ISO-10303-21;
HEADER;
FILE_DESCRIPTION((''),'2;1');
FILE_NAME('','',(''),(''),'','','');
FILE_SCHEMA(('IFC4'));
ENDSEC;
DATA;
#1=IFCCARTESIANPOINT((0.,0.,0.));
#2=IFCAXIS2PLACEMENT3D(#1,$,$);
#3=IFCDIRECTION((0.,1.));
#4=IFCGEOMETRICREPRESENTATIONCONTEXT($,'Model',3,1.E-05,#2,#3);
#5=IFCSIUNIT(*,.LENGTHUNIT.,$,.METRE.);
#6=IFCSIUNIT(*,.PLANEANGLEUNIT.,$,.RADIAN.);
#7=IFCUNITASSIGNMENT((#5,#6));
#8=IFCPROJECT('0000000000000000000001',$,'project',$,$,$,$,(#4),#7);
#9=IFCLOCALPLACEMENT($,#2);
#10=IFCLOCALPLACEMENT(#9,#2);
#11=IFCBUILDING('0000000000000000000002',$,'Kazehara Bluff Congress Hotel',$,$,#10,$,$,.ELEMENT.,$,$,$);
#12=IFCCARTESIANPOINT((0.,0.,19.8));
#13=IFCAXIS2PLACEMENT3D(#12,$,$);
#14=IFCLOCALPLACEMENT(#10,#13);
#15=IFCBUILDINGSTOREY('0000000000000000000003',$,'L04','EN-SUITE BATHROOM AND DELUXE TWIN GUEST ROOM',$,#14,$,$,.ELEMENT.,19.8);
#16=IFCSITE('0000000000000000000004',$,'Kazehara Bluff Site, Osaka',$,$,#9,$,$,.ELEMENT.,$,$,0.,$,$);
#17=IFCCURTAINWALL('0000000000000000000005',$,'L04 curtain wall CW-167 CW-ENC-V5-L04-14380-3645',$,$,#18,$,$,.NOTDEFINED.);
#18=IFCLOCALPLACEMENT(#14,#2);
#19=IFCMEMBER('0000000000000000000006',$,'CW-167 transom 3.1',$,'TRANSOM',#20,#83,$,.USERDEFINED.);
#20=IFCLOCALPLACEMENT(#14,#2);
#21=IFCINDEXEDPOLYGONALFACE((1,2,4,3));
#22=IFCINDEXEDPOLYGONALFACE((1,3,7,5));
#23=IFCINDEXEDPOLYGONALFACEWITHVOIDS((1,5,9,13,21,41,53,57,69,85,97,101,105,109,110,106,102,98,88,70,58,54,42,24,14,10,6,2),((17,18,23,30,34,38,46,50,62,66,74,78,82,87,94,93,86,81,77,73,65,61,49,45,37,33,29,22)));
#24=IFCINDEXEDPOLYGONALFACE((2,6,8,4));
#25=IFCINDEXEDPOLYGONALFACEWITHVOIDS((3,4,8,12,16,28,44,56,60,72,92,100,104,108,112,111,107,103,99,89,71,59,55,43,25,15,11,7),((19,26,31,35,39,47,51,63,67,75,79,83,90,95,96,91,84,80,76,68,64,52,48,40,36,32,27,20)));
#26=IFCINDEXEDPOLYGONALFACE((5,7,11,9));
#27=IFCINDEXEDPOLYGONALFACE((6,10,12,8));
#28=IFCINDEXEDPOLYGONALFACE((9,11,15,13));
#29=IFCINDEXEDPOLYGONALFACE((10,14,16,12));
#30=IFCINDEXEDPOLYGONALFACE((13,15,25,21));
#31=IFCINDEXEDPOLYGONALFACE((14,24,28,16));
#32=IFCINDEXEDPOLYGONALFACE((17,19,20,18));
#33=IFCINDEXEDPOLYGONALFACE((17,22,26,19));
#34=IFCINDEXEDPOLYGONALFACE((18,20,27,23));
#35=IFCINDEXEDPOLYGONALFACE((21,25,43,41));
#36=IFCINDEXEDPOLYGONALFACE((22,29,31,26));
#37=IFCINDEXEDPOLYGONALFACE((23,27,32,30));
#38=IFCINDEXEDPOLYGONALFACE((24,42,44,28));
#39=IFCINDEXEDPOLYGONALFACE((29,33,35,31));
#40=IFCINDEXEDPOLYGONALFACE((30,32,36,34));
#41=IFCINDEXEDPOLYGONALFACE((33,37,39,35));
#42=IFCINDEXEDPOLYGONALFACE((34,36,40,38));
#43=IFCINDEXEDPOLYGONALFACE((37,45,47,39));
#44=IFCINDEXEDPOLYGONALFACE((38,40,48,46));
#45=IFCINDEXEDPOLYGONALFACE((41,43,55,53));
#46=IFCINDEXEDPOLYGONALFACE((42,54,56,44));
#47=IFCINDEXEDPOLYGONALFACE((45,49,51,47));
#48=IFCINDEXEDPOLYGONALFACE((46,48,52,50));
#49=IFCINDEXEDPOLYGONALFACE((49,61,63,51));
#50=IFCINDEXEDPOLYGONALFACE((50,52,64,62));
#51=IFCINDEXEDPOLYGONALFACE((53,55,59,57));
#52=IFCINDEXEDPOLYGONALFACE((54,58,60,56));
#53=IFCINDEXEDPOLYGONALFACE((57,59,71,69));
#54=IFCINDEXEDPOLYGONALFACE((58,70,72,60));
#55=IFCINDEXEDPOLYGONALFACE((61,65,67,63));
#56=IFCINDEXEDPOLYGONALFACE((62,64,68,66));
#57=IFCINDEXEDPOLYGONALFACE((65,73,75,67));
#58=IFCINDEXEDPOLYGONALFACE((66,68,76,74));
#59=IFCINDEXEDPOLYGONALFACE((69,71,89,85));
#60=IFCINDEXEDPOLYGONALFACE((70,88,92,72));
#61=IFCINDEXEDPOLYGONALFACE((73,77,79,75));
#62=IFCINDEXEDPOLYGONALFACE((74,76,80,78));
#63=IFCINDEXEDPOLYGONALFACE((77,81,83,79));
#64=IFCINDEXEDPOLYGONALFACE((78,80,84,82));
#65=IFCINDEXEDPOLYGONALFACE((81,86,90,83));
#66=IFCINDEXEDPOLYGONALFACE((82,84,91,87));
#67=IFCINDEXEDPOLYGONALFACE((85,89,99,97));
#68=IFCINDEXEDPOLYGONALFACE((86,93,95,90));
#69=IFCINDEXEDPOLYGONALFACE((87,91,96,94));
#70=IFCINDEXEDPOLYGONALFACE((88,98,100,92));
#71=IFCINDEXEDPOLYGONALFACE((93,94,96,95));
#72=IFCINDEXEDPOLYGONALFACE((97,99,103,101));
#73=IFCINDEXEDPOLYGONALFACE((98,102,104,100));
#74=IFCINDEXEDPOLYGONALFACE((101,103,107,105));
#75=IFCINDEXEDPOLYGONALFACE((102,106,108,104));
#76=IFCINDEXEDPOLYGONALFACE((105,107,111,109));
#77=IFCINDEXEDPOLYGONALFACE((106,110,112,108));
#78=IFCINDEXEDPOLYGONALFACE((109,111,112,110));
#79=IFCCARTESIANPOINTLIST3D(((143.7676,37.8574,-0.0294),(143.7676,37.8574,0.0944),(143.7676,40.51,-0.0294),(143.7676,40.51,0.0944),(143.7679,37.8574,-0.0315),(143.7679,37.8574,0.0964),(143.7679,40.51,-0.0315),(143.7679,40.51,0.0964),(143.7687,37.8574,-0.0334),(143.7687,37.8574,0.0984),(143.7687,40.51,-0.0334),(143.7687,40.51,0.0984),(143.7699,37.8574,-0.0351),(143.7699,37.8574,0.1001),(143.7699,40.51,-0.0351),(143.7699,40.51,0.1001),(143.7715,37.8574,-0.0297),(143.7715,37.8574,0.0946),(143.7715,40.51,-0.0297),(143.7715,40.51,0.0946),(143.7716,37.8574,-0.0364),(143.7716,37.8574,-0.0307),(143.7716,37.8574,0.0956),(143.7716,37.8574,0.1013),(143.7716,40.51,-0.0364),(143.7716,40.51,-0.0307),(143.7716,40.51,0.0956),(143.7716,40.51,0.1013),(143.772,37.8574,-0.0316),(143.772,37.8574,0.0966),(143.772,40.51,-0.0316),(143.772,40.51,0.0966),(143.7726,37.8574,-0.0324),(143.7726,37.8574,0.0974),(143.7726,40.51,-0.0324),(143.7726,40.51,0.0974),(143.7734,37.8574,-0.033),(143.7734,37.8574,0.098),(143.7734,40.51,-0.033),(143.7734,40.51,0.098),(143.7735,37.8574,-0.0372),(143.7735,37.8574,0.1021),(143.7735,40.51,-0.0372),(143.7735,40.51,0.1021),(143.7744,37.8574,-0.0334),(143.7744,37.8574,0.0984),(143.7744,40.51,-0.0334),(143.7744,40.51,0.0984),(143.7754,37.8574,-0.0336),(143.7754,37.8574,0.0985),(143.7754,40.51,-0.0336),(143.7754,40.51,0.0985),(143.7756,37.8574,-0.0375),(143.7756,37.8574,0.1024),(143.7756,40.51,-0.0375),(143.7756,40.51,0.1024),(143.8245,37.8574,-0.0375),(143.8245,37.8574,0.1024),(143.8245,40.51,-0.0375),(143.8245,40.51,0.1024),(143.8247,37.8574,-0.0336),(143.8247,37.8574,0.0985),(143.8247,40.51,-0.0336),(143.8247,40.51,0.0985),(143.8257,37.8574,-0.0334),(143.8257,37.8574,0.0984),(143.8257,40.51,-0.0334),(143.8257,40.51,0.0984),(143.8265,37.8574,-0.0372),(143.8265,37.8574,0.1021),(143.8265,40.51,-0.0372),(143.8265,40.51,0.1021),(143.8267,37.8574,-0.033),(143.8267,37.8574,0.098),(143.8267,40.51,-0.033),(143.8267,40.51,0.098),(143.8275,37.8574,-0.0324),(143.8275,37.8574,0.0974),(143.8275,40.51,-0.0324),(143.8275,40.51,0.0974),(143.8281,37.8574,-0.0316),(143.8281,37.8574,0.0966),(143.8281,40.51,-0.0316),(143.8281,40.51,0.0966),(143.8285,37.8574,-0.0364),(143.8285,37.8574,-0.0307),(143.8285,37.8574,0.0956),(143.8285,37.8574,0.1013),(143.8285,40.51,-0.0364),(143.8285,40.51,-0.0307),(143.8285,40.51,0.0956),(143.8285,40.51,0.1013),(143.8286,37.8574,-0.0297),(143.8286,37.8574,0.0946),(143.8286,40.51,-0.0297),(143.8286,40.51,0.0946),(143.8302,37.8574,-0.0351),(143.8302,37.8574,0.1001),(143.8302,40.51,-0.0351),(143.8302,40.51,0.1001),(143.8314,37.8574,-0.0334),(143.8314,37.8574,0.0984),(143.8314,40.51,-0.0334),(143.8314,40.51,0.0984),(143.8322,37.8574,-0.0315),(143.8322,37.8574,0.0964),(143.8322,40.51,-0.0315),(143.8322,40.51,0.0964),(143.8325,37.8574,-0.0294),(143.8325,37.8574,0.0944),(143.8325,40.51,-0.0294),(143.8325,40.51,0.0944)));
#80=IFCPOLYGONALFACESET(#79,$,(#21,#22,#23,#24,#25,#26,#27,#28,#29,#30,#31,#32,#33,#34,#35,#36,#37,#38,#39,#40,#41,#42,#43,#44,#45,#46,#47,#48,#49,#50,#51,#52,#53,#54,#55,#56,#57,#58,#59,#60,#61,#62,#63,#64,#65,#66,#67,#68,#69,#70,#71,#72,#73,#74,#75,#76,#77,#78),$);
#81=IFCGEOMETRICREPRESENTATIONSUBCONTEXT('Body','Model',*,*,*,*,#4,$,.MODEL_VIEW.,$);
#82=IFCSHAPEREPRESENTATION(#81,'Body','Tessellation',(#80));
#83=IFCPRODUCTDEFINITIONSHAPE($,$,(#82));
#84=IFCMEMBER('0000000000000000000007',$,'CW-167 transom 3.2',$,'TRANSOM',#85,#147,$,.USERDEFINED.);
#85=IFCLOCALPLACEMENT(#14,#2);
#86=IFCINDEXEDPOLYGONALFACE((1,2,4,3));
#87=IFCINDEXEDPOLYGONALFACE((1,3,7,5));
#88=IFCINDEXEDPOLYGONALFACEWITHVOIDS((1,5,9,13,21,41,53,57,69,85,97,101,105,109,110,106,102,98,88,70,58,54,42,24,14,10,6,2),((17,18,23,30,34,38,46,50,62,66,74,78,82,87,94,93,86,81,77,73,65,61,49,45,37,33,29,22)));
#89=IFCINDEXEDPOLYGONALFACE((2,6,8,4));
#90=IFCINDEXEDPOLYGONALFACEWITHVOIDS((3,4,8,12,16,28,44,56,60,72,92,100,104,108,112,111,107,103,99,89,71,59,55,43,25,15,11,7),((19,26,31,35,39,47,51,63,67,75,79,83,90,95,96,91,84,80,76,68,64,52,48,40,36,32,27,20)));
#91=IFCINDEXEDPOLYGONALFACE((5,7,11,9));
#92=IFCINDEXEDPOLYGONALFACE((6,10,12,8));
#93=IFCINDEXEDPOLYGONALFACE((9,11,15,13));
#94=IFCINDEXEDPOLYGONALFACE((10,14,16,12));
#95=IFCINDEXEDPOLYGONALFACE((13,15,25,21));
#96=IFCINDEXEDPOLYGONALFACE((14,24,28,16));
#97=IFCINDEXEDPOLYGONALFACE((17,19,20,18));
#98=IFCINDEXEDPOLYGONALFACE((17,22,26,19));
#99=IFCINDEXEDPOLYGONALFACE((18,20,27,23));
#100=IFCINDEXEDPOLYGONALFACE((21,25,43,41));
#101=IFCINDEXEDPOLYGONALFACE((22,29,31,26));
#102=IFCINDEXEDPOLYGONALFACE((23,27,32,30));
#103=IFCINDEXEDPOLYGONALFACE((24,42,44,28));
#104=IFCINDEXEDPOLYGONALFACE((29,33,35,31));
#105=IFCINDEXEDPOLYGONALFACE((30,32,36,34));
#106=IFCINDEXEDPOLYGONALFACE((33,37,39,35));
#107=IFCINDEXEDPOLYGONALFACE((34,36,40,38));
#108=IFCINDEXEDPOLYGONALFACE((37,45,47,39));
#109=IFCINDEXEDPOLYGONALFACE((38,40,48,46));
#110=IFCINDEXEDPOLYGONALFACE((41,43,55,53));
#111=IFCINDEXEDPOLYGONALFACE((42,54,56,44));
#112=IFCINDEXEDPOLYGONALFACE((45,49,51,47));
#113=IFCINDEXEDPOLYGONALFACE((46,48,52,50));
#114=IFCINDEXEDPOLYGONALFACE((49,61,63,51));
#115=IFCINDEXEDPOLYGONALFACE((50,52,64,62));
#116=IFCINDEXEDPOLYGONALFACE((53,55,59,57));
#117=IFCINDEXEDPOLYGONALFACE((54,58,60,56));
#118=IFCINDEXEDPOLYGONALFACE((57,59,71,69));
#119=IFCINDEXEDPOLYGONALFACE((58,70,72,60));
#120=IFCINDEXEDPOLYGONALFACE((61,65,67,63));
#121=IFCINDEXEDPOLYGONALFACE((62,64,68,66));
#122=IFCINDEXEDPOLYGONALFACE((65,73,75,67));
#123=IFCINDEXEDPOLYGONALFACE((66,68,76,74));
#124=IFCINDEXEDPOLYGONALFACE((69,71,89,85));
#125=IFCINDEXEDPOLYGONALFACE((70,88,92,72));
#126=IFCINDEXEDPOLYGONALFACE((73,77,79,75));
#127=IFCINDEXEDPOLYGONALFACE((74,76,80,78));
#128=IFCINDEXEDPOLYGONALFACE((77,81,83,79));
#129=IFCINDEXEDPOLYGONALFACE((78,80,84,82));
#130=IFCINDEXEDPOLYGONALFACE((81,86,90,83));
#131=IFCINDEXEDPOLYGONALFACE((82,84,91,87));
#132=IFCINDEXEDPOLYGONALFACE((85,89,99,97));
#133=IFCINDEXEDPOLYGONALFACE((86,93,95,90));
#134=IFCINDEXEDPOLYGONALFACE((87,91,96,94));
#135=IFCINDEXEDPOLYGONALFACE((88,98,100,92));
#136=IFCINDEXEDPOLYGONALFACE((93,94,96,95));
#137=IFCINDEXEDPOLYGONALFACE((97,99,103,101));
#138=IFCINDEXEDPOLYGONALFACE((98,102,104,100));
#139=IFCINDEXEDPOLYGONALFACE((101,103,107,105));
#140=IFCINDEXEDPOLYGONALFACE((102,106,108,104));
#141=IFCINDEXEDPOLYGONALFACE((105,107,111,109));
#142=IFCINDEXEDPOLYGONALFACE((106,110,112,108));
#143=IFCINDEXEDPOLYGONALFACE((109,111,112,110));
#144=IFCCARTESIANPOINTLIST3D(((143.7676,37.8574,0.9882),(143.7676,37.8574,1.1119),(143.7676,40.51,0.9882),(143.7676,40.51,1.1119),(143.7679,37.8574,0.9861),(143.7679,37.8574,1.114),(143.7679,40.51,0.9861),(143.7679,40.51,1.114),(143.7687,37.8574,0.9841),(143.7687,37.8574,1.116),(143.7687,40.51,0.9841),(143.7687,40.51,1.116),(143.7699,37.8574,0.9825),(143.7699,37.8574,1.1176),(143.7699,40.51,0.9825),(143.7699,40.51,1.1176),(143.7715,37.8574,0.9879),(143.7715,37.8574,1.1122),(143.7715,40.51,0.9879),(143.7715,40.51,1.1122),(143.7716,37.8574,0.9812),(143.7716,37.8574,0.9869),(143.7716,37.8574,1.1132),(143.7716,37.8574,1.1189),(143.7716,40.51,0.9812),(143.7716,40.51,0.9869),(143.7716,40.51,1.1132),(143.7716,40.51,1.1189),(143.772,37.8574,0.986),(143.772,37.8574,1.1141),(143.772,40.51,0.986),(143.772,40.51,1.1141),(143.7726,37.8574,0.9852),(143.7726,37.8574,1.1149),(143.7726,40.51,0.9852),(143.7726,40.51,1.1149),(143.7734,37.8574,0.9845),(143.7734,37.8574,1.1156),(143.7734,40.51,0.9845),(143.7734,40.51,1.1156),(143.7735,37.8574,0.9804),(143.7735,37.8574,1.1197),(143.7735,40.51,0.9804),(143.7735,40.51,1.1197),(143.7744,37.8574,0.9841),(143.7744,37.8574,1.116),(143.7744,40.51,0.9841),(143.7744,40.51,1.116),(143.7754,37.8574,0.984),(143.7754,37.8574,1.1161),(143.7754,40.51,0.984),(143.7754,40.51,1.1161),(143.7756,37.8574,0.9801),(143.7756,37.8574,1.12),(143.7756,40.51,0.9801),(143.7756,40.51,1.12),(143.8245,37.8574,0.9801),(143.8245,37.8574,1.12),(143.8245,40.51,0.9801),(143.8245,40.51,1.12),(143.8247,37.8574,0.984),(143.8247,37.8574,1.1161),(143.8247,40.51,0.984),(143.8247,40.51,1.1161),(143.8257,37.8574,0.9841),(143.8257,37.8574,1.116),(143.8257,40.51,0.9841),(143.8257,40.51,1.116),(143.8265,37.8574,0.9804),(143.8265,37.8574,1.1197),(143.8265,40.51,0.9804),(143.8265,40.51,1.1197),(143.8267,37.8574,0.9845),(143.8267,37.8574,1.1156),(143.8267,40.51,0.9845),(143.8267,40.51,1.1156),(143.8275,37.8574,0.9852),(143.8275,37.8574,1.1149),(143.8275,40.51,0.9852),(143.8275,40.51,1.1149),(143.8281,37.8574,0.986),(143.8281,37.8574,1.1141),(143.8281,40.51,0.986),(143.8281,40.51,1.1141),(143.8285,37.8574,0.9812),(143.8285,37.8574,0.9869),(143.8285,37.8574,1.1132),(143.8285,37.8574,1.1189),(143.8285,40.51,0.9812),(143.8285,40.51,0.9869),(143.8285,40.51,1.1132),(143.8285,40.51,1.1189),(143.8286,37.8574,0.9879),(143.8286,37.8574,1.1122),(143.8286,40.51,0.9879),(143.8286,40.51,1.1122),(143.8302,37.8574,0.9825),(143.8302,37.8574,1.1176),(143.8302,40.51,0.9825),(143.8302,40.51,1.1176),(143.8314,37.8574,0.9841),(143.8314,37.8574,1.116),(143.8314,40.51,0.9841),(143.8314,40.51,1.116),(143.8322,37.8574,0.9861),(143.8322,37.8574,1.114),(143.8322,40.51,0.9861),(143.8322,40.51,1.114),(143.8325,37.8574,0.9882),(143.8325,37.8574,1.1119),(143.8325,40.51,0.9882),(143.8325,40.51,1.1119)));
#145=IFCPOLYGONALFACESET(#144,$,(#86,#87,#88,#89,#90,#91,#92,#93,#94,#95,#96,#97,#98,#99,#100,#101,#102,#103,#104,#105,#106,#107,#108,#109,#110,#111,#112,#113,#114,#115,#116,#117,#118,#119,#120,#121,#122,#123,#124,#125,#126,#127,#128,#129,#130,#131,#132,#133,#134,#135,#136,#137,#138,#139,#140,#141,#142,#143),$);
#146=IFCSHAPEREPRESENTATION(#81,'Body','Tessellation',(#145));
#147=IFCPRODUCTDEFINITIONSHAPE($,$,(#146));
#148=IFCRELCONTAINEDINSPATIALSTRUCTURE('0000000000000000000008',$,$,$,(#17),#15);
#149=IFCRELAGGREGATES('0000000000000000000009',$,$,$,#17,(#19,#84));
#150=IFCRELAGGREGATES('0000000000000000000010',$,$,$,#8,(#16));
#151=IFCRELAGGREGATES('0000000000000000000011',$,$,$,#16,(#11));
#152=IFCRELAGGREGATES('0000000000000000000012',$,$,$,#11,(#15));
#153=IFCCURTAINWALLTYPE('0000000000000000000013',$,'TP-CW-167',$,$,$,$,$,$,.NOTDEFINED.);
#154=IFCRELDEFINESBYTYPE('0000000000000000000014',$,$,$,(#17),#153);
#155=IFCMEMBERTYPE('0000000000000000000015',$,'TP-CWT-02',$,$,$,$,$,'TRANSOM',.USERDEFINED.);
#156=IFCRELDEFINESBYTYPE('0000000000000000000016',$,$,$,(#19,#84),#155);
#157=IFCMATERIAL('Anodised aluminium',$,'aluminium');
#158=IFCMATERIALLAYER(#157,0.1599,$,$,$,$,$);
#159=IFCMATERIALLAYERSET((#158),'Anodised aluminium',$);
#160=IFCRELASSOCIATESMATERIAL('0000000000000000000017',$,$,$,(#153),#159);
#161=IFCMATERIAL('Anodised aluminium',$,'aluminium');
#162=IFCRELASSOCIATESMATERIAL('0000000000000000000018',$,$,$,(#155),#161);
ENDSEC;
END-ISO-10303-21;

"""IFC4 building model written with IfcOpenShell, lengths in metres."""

from ifc_helpers import new_model, si_unit, direction, frame, origin, origin_2d, place, context, subcontext, project, spatial, hollow_rectangle, extrude, material, layer, layer_set, material_profile, profile_set, type_object, element, aggregate, save


model = new_model("IFC4")

# Units and contexts
model_context = context("Model", 3, precision=1e-05, world=origin(), true_north=direction((0.0, 1.0)))
body_context = subcontext(model_context, "Body", "Model", "MODEL_VIEW")
ifc_project = project(units=[si_unit("LENGTHUNIT", "METRE"), si_unit("PLANEANGLEUNIT", "RADIAN")], contexts=[model_context])

# Site, building, storey
site_placement = place(None, origin())
site = spatial("IfcSite", under=ifc_project, at=site_placement, Name="Kazehara Bluff Site, Osaka", CompositionType="ELEMENT", RefElevation=0.0)
building_placement = place(site_placement, origin())
building = spatial("IfcBuilding", under=site, at=building_placement, Name="Kazehara Bluff Congress Hotel", CompositionType="ELEMENT")
storey_placement = place(building_placement, frame((0.0, 0.0, 19.8)))
storey = spatial("IfcBuildingStorey", under=building, at=storey_placement, Name="L04", Description="EN-SUITE BATHROOM AND DELUXE TWIN GUEST ROOM", CompositionType="ELEMENT", Elevation=19.8)

# Curtain wall
ifc_material_1 = material(Name="Anodised aluminium", Category="aluminium")
ifc_layer_1 = layer(ifc_material_1, 0.1599)
ifc_layer_set_1 = layer_set([ifc_layer_1], Name="Anodised aluminium")
curtain_wall_type_1 = type_object("IfcCurtainWallType", Name="TP-CW-167", PredefinedType="NOTDEFINED", material=ifc_layer_set_1)
curtain_wall_1_placement = place(storey_placement, origin())
curtain_wall_1 = element("IfcCurtainWall", 1, at=curtain_wall_1_placement, inside=storey, type_object=curtain_wall_type_1, Name="L04 curtain wall CW-167 CW-ENC-V5-L04-14380-3645", PredefinedType="NOTDEFINED")

# Members
ifc_material_2 = material(Name="Anodised aluminium", Category="aluminium")
ifc_material_profile_1 = material_profile(ifc_material_2, hollow_rectangle(XDim=0.0649, YDim=0.1399, WallThickness=0.0039, InnerFilletRadius=0.0039, OuterFilletRadius=0.0081, at=origin_2d()))
ifc_profile_set_1 = profile_set([ifc_material_profile_1], Name="Anodised aluminium")
member_type_1 = type_object("IfcMemberType", Name="TP-CWT-02", ElementType="TRANSOM", PredefinedType="USERDEFINED", material=ifc_profile_set_1)
member_1_placement = place(storey_placement, frame((143.8, 37.8574, 0.0325), z_axis=(0.0, 1.0, 0.0), x_axis=(-1.0, 0.0, 0.0)))
member_1 = element("IfcMember", 2, at=member_1_placement, type_object=member_type_1, Name="CW-167 transom 3.1", ObjectType="TRANSOM", PredefinedType="USERDEFINED", context=body_context, shape_type="SweptSolid", body=[
    extrude(hollow_rectangle(XDim=0.0649, YDim=0.1399, WallThickness=0.0039, InnerFilletRadius=0.0039, OuterFilletRadius=0.0081, at=origin_2d()), origin(), (0.0, 0.0, 1.0), 2.6526),
])
member_2_placement = place(storey_placement, frame((143.8, 37.8574, 1.05), z_axis=(0.0, 1.0, 0.0), x_axis=(-1.0, 0.0, 0.0)))
member_2 = element("IfcMember", 3, at=member_2_placement, type_object=member_type_1, Name="CW-167 transom 3.2", ObjectType="TRANSOM", PredefinedType="USERDEFINED", context=body_context, shape_type="SweptSolid", body=[
    extrude(hollow_rectangle(XDim=0.0649, YDim=0.1399, WallThickness=0.0039, InnerFilletRadius=0.0039, OuterFilletRadius=0.0081, at=origin_2d()), origin(), (0.0, 0.0, 1.0), 2.6526),
])

aggregate(curtain_wall_1, [member_1, member_2])

save(model, "model.ifc")
